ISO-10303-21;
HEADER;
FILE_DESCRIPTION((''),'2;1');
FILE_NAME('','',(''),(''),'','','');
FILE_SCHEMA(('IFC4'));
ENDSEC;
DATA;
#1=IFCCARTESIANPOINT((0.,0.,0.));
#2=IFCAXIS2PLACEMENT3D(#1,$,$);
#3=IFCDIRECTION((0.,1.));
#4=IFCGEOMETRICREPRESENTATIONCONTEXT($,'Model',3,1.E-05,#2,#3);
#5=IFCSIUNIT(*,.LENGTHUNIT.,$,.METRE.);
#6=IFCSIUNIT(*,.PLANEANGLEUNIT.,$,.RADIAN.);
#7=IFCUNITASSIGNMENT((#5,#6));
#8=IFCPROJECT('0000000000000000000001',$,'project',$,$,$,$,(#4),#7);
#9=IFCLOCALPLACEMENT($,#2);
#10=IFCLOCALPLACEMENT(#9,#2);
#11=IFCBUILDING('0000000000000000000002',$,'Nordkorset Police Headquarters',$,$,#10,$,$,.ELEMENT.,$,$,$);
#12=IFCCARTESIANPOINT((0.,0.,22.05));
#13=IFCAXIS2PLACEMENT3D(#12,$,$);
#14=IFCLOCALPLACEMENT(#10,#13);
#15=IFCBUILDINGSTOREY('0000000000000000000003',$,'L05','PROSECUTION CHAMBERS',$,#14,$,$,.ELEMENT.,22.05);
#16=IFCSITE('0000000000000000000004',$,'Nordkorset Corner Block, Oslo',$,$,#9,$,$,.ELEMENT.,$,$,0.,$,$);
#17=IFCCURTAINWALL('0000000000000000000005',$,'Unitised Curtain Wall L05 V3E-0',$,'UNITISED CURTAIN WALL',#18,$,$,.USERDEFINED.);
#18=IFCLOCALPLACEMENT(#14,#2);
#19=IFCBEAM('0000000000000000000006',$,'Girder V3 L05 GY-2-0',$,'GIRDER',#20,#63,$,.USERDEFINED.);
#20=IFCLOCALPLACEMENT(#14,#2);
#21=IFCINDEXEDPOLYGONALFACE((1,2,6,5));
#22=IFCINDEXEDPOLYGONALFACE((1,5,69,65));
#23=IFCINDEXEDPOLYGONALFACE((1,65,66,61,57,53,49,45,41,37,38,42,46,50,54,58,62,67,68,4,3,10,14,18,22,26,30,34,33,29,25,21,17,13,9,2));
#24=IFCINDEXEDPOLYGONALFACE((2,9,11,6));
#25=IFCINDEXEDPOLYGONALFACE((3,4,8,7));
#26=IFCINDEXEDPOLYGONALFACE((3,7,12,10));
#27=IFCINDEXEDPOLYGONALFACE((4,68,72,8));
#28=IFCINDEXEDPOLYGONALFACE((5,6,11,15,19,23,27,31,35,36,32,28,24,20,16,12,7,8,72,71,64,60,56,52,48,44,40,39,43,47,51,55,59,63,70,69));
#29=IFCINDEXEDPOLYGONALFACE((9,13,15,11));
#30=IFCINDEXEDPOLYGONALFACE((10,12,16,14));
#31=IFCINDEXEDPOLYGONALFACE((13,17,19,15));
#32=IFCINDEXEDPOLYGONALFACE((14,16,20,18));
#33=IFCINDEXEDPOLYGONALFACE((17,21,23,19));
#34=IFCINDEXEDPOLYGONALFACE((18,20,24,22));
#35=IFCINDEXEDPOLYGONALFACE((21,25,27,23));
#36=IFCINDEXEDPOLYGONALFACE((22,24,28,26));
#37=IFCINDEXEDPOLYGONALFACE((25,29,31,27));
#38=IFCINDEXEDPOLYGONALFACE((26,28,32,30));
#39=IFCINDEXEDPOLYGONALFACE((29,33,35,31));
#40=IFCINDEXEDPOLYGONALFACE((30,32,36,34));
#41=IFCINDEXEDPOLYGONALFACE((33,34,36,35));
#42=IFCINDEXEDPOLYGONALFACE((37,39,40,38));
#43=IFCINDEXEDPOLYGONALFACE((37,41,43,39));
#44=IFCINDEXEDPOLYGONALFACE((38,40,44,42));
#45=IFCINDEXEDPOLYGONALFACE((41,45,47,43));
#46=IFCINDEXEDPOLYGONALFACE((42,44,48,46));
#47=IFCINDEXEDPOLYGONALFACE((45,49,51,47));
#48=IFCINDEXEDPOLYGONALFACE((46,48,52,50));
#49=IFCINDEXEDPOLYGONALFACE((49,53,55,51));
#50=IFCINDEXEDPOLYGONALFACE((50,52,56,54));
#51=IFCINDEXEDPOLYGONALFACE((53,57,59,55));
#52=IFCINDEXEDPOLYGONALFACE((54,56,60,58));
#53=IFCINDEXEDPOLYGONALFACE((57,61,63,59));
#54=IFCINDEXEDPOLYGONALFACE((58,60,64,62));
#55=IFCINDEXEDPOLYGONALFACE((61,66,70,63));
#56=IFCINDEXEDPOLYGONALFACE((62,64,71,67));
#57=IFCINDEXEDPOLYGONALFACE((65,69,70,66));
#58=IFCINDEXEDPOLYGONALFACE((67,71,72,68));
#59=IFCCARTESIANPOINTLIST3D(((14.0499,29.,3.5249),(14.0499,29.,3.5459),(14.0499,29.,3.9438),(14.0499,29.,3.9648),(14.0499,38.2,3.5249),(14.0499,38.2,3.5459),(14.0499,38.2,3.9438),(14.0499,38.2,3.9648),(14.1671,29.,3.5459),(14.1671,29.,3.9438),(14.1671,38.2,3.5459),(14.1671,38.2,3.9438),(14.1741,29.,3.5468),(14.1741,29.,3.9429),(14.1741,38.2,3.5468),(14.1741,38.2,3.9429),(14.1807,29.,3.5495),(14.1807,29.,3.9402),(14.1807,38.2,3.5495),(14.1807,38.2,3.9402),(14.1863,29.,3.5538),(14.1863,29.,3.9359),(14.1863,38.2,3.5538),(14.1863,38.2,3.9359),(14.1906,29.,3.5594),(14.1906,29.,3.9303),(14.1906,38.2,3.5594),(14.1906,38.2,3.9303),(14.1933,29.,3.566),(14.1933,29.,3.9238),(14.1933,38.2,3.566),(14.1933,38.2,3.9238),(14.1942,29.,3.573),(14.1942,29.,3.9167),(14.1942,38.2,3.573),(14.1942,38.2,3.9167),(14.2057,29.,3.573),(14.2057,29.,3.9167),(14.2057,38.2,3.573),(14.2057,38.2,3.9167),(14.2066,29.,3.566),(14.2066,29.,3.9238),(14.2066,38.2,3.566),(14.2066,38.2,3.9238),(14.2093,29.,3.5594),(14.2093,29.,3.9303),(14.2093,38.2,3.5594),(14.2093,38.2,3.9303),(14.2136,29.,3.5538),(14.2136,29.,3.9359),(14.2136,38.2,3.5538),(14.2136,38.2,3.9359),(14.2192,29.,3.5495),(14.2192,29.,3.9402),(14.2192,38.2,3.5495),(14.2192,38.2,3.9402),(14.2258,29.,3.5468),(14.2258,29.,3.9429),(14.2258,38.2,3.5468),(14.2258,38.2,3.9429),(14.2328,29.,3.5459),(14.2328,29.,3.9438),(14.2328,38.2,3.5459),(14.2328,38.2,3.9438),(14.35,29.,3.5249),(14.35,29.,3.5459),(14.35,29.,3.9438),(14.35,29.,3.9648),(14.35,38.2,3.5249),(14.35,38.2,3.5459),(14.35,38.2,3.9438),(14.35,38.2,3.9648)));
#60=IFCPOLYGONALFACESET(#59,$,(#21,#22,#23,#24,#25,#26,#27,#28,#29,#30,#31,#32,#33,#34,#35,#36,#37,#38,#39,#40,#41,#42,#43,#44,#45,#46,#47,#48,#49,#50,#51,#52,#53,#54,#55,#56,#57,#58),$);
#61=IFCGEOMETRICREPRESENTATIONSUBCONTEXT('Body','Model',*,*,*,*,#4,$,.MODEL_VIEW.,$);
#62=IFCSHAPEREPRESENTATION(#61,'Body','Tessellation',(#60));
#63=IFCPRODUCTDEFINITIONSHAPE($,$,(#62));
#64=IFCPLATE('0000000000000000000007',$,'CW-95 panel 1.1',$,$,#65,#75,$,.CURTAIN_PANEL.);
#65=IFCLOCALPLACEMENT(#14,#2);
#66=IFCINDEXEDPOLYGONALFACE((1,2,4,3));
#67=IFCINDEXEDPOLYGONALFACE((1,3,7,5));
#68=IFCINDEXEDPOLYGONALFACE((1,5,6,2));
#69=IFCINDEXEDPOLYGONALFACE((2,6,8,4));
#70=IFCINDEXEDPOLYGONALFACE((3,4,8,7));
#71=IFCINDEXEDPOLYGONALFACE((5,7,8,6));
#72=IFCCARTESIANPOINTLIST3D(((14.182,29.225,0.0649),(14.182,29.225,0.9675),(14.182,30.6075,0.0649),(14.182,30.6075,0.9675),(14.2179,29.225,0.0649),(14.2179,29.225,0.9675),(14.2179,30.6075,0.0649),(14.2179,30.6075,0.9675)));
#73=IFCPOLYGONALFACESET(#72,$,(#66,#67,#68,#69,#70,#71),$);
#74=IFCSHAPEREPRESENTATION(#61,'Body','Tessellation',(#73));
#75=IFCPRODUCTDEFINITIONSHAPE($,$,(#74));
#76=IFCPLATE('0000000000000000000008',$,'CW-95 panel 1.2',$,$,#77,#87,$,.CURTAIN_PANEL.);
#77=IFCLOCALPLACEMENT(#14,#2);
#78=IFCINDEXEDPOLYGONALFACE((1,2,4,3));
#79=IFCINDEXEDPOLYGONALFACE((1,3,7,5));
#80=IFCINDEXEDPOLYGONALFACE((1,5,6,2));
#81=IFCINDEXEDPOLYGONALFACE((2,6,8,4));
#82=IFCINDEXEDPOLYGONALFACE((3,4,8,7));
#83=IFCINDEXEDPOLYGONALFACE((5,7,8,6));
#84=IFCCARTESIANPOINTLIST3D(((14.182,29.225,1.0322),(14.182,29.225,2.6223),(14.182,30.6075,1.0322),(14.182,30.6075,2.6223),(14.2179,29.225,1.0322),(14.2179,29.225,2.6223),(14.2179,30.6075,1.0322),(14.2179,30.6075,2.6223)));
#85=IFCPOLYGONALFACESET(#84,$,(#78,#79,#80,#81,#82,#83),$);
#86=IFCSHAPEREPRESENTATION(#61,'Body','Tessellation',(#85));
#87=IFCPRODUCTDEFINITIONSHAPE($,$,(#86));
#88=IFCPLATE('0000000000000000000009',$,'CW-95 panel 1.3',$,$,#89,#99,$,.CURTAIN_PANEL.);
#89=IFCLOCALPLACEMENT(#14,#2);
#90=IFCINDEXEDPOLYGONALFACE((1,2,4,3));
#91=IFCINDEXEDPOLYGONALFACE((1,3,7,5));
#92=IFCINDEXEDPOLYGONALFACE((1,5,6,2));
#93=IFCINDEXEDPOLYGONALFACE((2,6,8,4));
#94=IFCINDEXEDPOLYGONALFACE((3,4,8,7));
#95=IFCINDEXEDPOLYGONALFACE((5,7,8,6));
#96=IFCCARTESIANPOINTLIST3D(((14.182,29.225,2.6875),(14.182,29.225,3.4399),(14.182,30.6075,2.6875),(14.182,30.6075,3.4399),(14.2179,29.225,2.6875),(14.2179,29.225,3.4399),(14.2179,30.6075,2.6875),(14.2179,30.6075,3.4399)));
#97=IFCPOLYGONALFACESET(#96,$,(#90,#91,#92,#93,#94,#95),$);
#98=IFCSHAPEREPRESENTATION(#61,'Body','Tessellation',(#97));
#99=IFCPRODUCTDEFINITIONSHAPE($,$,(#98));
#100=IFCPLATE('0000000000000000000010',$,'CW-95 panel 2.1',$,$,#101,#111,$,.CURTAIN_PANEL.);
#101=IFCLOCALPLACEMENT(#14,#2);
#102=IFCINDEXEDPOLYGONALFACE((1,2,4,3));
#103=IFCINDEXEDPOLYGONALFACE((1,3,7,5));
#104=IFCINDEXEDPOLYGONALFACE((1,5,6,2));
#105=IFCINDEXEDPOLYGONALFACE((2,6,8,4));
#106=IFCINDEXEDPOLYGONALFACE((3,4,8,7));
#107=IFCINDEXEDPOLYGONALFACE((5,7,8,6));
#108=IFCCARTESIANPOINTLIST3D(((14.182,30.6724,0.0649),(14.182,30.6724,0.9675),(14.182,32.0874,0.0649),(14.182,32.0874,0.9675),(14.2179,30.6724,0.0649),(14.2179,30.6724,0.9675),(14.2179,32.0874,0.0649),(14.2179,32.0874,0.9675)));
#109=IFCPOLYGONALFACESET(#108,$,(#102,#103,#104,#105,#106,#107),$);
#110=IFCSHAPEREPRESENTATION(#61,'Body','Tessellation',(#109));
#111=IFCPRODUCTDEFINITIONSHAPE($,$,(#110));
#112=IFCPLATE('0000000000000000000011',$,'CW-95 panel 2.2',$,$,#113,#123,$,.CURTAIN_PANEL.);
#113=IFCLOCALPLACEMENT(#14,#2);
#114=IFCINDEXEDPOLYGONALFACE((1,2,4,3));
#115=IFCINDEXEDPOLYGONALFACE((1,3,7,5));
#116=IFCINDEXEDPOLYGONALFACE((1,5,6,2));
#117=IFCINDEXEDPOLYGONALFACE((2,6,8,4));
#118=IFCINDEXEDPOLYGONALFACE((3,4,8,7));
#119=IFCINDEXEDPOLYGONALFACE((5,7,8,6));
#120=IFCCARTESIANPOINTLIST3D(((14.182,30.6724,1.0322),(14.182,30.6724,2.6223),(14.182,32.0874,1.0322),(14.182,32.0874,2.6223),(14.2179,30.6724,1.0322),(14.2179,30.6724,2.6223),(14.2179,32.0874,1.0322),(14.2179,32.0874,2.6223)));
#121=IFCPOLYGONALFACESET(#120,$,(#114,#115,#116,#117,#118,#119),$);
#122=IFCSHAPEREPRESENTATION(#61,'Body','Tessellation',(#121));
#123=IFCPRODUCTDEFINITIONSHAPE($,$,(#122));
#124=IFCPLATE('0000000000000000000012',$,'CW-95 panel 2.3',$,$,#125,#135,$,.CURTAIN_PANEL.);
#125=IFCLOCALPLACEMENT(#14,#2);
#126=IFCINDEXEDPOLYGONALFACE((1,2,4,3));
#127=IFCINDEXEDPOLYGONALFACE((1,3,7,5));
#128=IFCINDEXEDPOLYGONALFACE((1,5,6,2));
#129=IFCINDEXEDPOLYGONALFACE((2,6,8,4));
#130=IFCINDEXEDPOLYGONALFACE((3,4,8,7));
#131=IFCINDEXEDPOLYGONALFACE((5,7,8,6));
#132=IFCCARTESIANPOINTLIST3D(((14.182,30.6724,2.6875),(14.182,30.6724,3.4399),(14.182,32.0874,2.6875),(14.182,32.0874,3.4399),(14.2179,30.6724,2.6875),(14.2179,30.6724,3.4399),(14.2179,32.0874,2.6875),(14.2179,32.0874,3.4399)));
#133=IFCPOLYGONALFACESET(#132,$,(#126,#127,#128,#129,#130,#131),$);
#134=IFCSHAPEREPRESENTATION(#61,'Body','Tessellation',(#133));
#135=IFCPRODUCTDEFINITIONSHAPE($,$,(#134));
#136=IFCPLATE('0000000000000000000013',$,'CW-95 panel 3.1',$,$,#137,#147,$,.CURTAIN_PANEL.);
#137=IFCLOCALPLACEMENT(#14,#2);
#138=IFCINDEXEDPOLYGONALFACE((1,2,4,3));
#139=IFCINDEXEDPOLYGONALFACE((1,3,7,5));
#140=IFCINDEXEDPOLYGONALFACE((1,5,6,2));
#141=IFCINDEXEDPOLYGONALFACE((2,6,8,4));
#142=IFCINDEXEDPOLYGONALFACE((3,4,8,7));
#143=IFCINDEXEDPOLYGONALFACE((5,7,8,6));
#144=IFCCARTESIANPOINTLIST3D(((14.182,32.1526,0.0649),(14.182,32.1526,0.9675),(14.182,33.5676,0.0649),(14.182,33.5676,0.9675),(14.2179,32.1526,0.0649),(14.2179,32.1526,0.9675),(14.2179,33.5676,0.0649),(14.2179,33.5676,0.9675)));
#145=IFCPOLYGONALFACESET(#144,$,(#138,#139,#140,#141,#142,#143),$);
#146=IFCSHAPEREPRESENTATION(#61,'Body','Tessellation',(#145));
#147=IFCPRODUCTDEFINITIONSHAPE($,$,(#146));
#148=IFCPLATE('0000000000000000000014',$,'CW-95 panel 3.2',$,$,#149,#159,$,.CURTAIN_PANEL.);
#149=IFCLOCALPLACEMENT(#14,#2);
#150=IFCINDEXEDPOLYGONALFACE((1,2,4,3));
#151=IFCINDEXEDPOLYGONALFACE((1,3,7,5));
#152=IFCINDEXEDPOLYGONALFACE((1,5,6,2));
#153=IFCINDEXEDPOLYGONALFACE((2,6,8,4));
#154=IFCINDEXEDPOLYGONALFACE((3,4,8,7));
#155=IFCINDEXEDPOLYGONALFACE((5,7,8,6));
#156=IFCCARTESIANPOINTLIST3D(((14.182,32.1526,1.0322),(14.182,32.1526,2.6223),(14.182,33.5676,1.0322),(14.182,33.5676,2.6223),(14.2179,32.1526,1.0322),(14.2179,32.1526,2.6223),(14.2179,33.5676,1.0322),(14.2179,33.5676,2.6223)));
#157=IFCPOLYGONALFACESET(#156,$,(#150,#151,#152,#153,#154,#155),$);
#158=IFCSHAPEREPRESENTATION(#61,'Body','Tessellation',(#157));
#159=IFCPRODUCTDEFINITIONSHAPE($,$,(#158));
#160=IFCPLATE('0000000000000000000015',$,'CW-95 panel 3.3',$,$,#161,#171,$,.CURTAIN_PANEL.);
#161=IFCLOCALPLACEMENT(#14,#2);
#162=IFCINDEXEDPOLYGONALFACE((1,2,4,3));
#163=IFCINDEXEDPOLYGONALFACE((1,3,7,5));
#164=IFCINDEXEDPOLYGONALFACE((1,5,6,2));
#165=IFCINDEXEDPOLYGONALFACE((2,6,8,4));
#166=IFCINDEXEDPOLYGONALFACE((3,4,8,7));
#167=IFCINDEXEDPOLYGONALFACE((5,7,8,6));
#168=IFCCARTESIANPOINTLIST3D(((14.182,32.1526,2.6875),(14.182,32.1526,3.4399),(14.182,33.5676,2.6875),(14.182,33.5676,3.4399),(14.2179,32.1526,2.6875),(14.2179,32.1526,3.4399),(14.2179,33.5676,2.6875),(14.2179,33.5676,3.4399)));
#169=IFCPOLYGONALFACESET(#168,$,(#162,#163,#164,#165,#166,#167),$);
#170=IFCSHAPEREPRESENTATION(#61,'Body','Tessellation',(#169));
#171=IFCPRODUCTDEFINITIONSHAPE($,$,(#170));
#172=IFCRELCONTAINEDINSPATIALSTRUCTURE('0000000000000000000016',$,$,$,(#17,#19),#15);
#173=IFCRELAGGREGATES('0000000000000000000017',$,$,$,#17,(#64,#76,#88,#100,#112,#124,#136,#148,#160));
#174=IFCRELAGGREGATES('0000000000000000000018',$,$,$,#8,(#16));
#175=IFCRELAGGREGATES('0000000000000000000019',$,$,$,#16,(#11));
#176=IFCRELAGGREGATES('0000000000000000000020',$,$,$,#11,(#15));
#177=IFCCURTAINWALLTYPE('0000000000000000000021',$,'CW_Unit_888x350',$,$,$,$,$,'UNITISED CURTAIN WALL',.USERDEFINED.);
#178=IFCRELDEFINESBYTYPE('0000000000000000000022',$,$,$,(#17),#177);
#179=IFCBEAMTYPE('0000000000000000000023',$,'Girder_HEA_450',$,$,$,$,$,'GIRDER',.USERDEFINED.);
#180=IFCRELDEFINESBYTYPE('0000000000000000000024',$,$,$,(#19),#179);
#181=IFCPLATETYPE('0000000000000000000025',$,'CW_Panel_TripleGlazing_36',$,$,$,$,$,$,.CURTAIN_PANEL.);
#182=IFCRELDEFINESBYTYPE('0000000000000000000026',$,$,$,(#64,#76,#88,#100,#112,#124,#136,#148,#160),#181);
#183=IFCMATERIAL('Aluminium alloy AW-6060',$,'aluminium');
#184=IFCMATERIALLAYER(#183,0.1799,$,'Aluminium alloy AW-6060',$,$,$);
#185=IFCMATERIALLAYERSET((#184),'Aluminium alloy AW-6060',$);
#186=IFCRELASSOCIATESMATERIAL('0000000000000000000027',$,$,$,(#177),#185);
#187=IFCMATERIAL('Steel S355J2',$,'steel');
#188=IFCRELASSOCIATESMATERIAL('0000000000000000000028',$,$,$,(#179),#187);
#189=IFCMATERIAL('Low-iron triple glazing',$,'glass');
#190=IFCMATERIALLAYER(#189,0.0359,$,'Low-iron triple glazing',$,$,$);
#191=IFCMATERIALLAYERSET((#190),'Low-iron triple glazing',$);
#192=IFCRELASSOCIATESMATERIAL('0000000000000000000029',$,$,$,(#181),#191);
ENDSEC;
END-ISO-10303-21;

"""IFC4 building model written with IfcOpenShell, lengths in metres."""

from ifc_helpers import new_model, si_unit, direction, frame, origin, origin_2d, place, context, subcontext, project, spatial, rectangle, i_section, extrude, material, layer, layer_set, material_profile, profile_set, type_object, element, aggregate, save


model = new_model("IFC4")

# Units and contexts
model_context = context("Model", 3, precision=1e-05, world=origin(), true_north=direction((0.0, 1.0)))
body_context = subcontext(model_context, "Body", "Model", "MODEL_VIEW")
ifc_project = project(units=[si_unit("LENGTHUNIT", "METRE"), si_unit("PLANEANGLEUNIT", "RADIAN")], contexts=[model_context])

# Site, building, storey
site_placement = place(None, origin())
site = spatial("IfcSite", under=ifc_project, at=site_placement, Name="Nordkorset Corner Block, Oslo", CompositionType="ELEMENT", RefElevation=0.0)
building_placement = place(site_placement, origin())
building = spatial("IfcBuilding", under=site, at=building_placement, Name="Nordkorset Police Headquarters", CompositionType="ELEMENT")
storey_placement = place(building_placement, frame((0.0, 0.0, 22.05)))
storey = spatial("IfcBuildingStorey", under=building, at=storey_placement, Name="L05", Description="PROSECUTION CHAMBERS", CompositionType="ELEMENT", Elevation=22.05)

# Curtain wall
ifc_material_1 = material(Name="Aluminium alloy AW-6060", Category="aluminium")
ifc_layer_1 = layer(ifc_material_1, 0.1799, Name="Aluminium alloy AW-6060")
ifc_layer_set_1 = layer_set([ifc_layer_1], Name="Aluminium alloy AW-6060")
curtain_wall_type = type_object("IfcCurtainWallType", Name="CW_Unit_888x350", ElementType="UNITISED CURTAIN WALL", PredefinedType="USERDEFINED", material=ifc_layer_set_1)
curtain_wall_placement = place(storey_placement, origin())
curtain_wall = element("IfcCurtainWall", 1, at=curtain_wall_placement, inside=storey, type_object=curtain_wall_type, Name="Unitised Curtain Wall L05 V3E-0", ObjectType="UNITISED CURTAIN WALL", PredefinedType="USERDEFINED")

# Beam
ifc_material_2 = material(Name="Steel S355J2", Category="steel")
ifc_material_profile_1 = material_profile(ifc_material_2, i_section(OverallWidth=0.3, OverallDepth=0.4399, WebThickness=0.0115, FlangeThickness=0.021, FilletRadius=0.0271, at=origin_2d()), Name="HEA 450")
ifc_profile_set_1 = profile_set([ifc_material_profile_1], Name="Steel S355J2")
beam_type_1 = type_object("IfcBeamType", Name="Girder_HEA_450", ElementType="GIRDER", PredefinedType="USERDEFINED", material=ifc_profile_set_1)
beam_placement = place(storey_placement, frame((14.2, 29.0, 3.7449), z_axis=(0.0, 1.0, 0.0), x_axis=(-1.0, 0.0, 0.0)))
element("IfcBeam", 2, at=beam_placement, inside=storey, type_object=beam_type_1, Name="Girder V3 L05 GY-2-0", ObjectType="GIRDER", PredefinedType="USERDEFINED", context=body_context, shape_type="SweptSolid", body=[
    extrude(i_section(OverallWidth=0.3, OverallDepth=0.4399, WebThickness=0.0115, FlangeThickness=0.021, FilletRadius=0.0271, at=origin_2d()), origin(), (0.0, 0.0, 1.0), 9.2),
])

# Plates
ifc_material_3 = material(Name="Low-iron triple glazing", Category="glass")
ifc_layer_2 = layer(ifc_material_3, 0.0359, Name="Low-iron triple glazing")
ifc_layer_set_2 = layer_set([ifc_layer_2], Name="Low-iron triple glazing")
plate_type = type_object("IfcPlateType", Name="CW_Panel_TripleGlazing_36", PredefinedType="CURTAIN_PANEL", material=ifc_layer_set_2)
plate_1_placement = place(storey_placement, frame((14.2, 29.9163, 0.0649), z_axis=(0.0, 0.0, 1.0), x_axis=(0.0, 1.0, 0.0)))
plate_1 = element("IfcPlate", 3, at=plate_1_placement, type_object=plate_type, Name="CW-95 panel 1.1", PredefinedType="CURTAIN_PANEL", context=body_context, shape_type="SweptSolid", body=[
    extrude(rectangle(XDim=1.3826, YDim=0.0359, at=origin_2d()), origin(), (0.0, 0.0, 1.0), 0.9026),
])
plate_2_placement = place(storey_placement, frame((14.2, 29.9163, 1.0322), z_axis=(0.0, 0.0, 1.0), x_axis=(0.0, 1.0, 0.0)))
plate_2 = element("IfcPlate", 4, at=plate_2_placement, type_object=plate_type, Name="CW-95 panel 1.2", PredefinedType="CURTAIN_PANEL", context=body_context, shape_type="SweptSolid", body=[
    extrude(rectangle(XDim=1.3826, YDim=0.0359, at=origin_2d()), origin(), (0.0, 0.0, 1.0), 1.5901),
])
plate_3_placement = place(storey_placement, frame((14.2, 29.9163, 2.6875), z_axis=(0.0, 0.0, 1.0), x_axis=(0.0, 1.0, 0.0)))
plate_3 = element("IfcPlate", 5, at=plate_3_placement, type_object=plate_type, Name="CW-95 panel 1.3", PredefinedType="CURTAIN_PANEL", context=body_context, shape_type="SweptSolid", body=[
    extrude(rectangle(XDim=1.3826, YDim=0.0359, at=origin_2d()), origin(), (0.0, 0.0, 1.0), 0.7524),
])
plate_4_placement = place(storey_placement, frame((14.2, 31.3799, 0.0649), z_axis=(0.0, 0.0, 1.0), x_axis=(0.0, 1.0, 0.0)))
plate_4 = element("IfcPlate", 6, at=plate_4_placement, type_object=plate_type, Name="CW-95 panel 2.1", PredefinedType="CURTAIN_PANEL", context=body_context, shape_type="SweptSolid", body=[
    extrude(rectangle(XDim=1.415, YDim=0.0359, at=origin_2d()), origin(), (0.0, 0.0, 1.0), 0.9026),
])
plate_5_placement = place(storey_placement, frame((14.2, 31.3799, 1.0322), z_axis=(0.0, 0.0, 1.0), x_axis=(0.0, 1.0, 0.0)))
plate_5 = element("IfcPlate", 7, at=plate_5_placement, type_object=plate_type, Name="CW-95 panel 2.2", PredefinedType="CURTAIN_PANEL", context=body_context, shape_type="SweptSolid", body=[
    extrude(rectangle(XDim=1.415, YDim=0.0359, at=origin_2d()), origin(), (0.0, 0.0, 1.0), 1.5901),
])
plate_6_placement = place(storey_placement, frame((14.2, 31.3799, 2.6875), z_axis=(0.0, 0.0, 1.0), x_axis=(0.0, 1.0, 0.0)))
plate_6 = element("IfcPlate", 8, at=plate_6_placement, type_object=plate_type, Name="CW-95 panel 2.3", PredefinedType="CURTAIN_PANEL", context=body_context, shape_type="SweptSolid", body=[
    extrude(rectangle(XDim=1.415, YDim=0.0359, at=origin_2d()), origin(), (0.0, 0.0, 1.0), 0.7524),
])
plate_7_placement = place(storey_placement, frame((14.2, 32.8601, 0.0649), z_axis=(0.0, 0.0, 1.0), x_axis=(0.0, 1.0, 0.0)))
plate_7 = element("IfcPlate", 9, at=plate_7_placement, type_object=plate_type, Name="CW-95 panel 3.1", PredefinedType="CURTAIN_PANEL", context=body_context, shape_type="SweptSolid", body=[
    extrude(rectangle(XDim=1.415, YDim=0.0359, at=origin_2d()), origin(), (0.0, 0.0, 1.0), 0.9026),
])
plate_8_placement = place(storey_placement, frame((14.2, 32.8601, 1.0322), z_axis=(0.0, 0.0, 1.0), x_axis=(0.0, 1.0, 0.0)))
plate_8 = element("IfcPlate", 10, at=plate_8_placement, type_object=plate_type, Name="CW-95 panel 3.2", PredefinedType="CURTAIN_PANEL", context=body_context, shape_type="SweptSolid", body=[
    extrude(rectangle(XDim=1.415, YDim=0.0359, at=origin_2d()), origin(), (0.0, 0.0, 1.0), 1.5901),
])
plate_9_placement = place(storey_placement, frame((14.2, 32.8601, 2.6875), z_axis=(0.0, 0.0, 1.0), x_axis=(0.0, 1.0, 0.0)))
plate_9 = element("IfcPlate", 11, at=plate_9_placement, type_object=plate_type, Name="CW-95 panel 3.3", PredefinedType="CURTAIN_PANEL", context=body_context, shape_type="SweptSolid", body=[
    extrude(rectangle(XDim=1.415, YDim=0.0359, at=origin_2d()), origin(), (0.0, 0.0, 1.0), 0.7524),
])
aggregate(curtain_wall, [plate_1, plate_2, plate_3, plate_4, plate_5, plate_6, plate_7, plate_8, plate_9])

save(model, "model.ifc")
